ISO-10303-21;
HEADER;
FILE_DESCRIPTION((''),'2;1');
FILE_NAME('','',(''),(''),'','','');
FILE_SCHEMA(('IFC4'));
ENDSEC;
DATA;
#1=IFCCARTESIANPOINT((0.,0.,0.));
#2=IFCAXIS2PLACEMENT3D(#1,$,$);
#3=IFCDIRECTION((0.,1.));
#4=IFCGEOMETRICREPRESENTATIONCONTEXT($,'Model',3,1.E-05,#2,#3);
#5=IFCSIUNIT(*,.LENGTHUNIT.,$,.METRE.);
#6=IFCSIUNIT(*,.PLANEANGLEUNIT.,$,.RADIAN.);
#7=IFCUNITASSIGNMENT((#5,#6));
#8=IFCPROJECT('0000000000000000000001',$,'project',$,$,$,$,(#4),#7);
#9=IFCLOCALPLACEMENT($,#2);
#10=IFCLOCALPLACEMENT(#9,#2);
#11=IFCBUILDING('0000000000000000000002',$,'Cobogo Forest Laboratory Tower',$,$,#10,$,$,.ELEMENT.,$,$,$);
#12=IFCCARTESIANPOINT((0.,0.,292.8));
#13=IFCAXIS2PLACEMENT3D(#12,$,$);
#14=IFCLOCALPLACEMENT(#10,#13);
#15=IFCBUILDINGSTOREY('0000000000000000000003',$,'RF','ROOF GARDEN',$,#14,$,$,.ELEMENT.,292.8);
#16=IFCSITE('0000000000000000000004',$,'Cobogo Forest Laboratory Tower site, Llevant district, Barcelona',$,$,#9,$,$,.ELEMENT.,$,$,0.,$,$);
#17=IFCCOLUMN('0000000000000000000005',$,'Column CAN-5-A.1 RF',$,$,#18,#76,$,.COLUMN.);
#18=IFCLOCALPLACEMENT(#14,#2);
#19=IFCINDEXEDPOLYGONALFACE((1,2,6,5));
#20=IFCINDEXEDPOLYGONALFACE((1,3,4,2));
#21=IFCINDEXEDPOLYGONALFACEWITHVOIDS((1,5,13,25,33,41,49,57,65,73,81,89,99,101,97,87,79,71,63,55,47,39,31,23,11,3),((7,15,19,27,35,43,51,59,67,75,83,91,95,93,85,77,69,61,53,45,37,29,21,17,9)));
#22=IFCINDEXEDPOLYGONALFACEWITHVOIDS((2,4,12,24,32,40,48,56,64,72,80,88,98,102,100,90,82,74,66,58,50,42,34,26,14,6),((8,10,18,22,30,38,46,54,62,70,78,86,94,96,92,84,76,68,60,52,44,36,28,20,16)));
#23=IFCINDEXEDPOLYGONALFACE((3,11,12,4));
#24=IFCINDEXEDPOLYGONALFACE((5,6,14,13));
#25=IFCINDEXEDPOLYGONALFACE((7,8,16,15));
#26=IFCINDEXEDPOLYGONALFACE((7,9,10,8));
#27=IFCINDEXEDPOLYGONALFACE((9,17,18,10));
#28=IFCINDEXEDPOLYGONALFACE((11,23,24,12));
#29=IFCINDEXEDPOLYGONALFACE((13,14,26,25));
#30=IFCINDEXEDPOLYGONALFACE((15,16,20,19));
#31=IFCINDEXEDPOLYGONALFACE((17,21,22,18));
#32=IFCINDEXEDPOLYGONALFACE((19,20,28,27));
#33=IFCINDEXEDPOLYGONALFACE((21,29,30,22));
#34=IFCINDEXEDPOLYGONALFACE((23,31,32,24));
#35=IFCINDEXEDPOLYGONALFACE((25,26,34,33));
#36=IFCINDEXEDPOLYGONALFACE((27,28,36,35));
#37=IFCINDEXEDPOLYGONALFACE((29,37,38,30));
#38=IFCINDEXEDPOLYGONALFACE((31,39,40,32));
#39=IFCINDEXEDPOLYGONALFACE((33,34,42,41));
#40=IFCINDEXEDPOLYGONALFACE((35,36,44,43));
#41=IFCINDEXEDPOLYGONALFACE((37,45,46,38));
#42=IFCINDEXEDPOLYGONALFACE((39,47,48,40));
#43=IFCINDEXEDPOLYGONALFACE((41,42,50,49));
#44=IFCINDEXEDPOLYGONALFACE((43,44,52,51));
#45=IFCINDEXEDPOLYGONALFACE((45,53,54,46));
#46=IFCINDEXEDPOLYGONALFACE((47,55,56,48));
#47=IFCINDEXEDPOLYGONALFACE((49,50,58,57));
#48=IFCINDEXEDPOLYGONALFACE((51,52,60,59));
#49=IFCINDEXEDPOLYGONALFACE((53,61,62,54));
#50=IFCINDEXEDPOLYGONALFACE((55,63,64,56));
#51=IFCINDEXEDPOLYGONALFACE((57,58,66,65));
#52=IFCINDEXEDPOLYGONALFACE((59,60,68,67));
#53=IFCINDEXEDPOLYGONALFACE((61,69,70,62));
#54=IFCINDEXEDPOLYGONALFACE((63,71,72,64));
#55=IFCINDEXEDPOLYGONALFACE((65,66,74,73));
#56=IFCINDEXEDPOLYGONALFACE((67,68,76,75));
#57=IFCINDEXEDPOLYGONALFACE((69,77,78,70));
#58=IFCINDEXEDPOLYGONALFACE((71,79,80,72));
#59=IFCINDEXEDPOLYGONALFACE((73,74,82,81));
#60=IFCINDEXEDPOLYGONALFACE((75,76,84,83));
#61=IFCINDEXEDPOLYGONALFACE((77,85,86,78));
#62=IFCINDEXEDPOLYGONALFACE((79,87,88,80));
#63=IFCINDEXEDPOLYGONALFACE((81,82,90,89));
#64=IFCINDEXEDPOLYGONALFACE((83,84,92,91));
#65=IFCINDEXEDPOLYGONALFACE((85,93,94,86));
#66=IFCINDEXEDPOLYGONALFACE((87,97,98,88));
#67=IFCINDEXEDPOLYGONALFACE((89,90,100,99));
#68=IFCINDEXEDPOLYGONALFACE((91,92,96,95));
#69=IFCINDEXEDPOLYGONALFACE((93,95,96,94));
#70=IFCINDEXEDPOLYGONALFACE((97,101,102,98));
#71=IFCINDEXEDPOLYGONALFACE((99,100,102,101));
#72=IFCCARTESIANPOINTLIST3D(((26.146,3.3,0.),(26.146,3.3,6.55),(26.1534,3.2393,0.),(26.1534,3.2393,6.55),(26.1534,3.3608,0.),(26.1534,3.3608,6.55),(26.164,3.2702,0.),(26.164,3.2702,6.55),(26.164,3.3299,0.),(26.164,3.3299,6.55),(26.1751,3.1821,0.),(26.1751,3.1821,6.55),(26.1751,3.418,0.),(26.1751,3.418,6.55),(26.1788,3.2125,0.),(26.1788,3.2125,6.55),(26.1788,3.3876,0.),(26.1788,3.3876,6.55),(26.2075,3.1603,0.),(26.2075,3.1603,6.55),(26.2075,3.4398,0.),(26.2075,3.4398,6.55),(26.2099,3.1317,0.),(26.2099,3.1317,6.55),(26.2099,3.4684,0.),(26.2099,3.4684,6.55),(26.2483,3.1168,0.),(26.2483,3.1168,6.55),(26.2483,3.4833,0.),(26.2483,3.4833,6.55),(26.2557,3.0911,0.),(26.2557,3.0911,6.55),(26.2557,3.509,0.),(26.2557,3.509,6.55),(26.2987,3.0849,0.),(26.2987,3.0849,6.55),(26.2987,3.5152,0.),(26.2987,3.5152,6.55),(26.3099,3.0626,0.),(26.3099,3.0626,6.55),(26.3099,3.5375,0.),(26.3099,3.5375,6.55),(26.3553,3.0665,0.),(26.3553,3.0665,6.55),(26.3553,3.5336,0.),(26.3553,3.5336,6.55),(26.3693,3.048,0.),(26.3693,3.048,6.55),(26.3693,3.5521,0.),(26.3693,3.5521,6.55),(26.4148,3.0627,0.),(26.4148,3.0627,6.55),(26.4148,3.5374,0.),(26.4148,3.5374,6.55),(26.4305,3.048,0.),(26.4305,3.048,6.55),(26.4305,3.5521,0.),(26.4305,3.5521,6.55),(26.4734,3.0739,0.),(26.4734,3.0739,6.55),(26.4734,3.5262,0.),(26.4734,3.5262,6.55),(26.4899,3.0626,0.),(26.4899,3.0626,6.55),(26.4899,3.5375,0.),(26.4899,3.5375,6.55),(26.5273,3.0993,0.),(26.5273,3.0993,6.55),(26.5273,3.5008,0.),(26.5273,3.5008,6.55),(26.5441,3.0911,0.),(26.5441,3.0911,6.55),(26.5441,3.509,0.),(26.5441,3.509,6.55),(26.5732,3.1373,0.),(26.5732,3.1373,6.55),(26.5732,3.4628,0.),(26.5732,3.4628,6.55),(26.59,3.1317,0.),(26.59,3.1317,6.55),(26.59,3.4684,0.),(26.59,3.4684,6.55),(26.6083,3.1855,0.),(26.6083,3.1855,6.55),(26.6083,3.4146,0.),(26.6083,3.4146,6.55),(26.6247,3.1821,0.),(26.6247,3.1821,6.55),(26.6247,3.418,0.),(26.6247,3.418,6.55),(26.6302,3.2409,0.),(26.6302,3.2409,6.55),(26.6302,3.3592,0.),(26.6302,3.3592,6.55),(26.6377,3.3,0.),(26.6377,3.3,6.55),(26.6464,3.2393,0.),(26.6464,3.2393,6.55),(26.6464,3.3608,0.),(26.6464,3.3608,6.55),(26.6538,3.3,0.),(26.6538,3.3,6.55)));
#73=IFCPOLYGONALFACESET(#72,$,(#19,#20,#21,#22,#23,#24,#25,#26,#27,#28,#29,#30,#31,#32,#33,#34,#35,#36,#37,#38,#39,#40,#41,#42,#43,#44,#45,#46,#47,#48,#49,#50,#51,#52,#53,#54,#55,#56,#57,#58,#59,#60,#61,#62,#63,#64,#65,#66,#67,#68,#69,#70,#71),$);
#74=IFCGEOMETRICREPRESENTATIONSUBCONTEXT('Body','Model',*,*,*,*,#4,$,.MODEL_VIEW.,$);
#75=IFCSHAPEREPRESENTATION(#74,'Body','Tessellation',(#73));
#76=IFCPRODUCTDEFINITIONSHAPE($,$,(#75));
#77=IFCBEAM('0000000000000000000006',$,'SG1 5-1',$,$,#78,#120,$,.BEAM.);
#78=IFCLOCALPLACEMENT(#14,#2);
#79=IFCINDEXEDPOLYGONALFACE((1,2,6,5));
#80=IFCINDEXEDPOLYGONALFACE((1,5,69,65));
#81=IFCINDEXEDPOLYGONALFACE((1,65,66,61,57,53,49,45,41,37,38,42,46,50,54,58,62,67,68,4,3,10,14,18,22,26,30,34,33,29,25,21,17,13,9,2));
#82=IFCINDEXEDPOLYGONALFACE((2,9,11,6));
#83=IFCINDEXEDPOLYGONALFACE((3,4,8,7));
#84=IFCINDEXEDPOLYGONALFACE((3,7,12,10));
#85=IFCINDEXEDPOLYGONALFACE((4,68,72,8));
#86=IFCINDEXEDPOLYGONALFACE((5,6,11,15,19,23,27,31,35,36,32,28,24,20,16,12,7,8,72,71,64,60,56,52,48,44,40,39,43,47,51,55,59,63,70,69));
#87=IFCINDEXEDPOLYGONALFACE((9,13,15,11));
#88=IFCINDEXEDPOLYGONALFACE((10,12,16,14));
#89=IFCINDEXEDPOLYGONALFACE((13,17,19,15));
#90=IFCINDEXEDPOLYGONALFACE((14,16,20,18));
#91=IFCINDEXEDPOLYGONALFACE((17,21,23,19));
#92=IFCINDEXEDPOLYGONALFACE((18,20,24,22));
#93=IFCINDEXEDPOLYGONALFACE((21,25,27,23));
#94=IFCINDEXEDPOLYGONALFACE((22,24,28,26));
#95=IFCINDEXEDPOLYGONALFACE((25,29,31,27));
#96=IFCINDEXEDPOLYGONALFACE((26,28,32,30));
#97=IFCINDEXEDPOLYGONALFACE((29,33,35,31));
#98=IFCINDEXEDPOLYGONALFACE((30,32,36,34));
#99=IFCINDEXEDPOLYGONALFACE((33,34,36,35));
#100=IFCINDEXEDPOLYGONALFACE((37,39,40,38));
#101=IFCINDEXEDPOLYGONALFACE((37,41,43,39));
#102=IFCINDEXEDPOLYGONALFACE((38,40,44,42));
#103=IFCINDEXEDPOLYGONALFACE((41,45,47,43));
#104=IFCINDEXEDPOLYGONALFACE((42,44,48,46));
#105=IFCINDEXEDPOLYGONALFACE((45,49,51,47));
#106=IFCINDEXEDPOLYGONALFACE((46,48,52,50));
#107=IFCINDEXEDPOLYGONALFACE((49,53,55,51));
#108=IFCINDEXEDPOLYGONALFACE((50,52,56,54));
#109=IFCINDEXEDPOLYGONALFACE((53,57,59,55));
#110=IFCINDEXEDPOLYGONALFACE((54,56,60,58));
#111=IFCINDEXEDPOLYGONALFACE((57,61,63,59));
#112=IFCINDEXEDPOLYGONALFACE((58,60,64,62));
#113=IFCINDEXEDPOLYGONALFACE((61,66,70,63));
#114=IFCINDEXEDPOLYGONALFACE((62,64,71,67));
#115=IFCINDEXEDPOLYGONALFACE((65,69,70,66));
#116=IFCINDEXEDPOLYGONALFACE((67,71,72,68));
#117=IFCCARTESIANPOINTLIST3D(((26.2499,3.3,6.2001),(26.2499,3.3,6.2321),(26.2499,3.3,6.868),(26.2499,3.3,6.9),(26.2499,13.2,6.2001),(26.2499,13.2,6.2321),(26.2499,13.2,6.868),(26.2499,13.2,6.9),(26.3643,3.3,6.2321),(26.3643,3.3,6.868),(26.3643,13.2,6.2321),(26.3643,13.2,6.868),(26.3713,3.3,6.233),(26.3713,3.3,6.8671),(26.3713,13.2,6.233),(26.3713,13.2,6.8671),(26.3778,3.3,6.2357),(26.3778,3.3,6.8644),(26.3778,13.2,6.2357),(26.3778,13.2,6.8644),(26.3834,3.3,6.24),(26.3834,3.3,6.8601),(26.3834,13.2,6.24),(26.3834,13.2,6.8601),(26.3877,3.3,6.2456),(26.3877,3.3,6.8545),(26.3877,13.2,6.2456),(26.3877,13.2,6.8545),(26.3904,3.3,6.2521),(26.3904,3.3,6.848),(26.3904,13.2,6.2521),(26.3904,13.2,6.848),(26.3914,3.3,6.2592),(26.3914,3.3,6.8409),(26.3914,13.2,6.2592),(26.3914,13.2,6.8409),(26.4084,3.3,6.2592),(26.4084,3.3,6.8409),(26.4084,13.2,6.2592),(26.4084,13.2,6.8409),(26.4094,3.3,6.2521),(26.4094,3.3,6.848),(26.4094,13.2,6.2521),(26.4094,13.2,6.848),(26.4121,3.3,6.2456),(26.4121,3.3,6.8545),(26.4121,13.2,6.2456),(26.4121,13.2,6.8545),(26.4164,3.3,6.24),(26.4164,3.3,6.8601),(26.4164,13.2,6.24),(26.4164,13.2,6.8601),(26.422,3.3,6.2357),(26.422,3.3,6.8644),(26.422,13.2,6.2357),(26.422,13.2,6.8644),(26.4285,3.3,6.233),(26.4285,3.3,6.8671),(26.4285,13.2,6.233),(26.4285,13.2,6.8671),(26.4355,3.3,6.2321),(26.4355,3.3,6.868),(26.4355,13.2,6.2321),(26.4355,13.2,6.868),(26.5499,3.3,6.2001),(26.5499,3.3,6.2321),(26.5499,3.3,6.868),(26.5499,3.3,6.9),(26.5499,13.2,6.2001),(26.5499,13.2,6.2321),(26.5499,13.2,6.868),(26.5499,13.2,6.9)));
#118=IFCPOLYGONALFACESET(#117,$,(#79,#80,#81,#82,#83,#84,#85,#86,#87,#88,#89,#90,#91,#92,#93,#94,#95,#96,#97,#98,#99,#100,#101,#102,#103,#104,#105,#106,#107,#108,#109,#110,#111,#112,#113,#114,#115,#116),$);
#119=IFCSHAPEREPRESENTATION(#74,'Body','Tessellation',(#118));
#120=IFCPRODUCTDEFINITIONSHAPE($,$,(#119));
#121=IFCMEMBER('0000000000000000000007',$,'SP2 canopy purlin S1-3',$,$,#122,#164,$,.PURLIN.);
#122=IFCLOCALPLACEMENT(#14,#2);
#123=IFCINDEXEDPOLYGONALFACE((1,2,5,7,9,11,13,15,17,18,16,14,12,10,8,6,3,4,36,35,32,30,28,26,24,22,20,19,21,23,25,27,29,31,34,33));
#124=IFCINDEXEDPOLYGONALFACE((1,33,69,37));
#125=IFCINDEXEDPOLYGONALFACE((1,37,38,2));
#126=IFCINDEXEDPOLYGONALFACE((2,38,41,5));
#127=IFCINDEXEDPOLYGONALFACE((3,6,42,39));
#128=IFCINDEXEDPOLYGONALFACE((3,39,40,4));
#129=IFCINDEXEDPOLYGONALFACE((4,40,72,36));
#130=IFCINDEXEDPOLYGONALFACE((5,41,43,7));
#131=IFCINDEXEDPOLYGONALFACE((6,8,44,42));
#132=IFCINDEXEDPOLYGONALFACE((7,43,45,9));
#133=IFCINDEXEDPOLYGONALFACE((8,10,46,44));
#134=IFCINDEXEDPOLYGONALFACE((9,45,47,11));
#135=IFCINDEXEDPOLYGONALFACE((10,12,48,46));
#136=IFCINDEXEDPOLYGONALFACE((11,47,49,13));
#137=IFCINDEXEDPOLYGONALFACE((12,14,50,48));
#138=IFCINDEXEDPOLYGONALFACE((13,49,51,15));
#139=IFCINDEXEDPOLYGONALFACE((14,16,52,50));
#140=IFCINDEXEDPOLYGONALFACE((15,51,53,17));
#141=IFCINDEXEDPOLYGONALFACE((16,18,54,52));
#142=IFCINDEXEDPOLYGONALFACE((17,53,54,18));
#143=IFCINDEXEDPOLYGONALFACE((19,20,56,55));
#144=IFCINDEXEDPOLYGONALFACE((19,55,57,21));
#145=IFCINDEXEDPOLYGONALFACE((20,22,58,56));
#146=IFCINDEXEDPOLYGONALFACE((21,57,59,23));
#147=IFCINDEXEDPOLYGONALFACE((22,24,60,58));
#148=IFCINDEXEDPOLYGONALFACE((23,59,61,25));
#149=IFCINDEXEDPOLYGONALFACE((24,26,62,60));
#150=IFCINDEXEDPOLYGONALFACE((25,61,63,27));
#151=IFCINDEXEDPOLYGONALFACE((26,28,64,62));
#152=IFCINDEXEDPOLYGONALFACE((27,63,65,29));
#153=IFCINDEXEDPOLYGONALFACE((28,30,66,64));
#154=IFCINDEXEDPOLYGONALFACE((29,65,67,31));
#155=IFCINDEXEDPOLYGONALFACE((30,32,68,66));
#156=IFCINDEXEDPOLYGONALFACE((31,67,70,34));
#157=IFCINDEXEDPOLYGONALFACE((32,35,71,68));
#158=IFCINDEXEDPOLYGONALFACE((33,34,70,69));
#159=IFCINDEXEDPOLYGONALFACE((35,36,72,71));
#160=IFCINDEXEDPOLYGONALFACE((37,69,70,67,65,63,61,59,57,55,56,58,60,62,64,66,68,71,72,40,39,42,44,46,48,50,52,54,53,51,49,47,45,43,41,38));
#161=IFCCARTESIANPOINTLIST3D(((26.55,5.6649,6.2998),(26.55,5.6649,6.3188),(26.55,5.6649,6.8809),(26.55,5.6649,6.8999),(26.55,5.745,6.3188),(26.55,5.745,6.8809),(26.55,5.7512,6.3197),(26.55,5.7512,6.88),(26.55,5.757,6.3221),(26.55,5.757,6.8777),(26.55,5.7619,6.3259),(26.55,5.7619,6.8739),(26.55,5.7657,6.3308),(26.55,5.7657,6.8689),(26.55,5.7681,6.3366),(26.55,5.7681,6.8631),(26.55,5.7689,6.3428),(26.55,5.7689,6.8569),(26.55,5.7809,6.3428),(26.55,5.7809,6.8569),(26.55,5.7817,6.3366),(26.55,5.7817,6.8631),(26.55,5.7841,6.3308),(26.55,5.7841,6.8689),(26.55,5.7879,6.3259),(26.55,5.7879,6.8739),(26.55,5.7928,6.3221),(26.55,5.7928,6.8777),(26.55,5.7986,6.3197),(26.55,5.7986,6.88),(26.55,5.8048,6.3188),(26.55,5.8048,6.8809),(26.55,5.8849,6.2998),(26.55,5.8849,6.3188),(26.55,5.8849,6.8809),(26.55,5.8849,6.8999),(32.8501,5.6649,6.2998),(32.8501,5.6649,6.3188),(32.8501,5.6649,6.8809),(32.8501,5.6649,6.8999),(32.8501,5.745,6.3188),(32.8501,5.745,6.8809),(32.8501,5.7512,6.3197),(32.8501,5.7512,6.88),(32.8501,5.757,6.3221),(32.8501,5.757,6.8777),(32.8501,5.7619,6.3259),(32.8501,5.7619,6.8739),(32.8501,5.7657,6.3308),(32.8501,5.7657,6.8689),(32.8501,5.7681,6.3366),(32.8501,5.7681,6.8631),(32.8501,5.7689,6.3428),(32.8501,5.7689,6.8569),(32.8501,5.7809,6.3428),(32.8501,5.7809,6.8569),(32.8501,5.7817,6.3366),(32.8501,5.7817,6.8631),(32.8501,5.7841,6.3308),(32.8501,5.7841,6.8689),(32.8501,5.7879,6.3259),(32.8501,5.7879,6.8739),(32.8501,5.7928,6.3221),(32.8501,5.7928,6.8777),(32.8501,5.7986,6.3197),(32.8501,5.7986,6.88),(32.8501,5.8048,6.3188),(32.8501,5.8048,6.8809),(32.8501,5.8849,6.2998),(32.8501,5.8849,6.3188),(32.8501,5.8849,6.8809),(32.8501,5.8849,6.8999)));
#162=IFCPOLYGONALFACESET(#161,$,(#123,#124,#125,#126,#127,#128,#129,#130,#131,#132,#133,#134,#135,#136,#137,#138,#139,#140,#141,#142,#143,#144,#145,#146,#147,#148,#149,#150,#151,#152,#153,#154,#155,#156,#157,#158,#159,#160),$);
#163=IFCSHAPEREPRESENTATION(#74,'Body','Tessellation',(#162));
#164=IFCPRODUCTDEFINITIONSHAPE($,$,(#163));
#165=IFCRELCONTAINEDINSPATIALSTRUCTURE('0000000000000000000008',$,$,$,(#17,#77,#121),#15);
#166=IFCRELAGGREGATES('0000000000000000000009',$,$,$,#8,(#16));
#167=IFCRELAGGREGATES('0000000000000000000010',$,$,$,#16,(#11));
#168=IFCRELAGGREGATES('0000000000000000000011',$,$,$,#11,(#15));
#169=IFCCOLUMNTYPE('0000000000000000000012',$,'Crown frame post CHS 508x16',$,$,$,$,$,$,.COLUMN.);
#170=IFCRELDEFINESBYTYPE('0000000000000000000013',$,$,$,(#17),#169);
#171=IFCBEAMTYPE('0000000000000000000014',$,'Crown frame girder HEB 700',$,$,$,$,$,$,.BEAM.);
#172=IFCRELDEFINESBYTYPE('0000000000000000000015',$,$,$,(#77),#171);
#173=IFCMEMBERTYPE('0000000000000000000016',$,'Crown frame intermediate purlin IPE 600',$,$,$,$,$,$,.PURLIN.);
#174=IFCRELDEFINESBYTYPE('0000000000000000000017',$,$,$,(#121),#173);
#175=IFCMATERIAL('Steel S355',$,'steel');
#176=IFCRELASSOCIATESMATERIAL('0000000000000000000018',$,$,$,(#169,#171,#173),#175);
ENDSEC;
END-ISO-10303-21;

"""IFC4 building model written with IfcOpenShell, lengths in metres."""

from ifc_helpers import new_model, si_unit, direction, frame, origin, origin_2d, place, context, subcontext, project, spatial, hollow_circle, i_section, extrude, material, material_profile, profile_set, type_object, element, save


model = new_model("IFC4")

# Units and contexts
model_context = context("Model", 3, precision=1e-05, world=origin(), true_north=direction((0.0, 1.0)))
body_context = subcontext(model_context, "Body", "Model", "MODEL_VIEW")
ifc_project = project(units=[si_unit("LENGTHUNIT", "METRE"), si_unit("PLANEANGLEUNIT", "RADIAN")], contexts=[model_context])

# Site, building, storey
site_placement = place(None, origin())
site = spatial("IfcSite", under=ifc_project, at=site_placement, Name="Cobogo Forest Laboratory Tower site, Llevant district, Barcelona", CompositionType="ELEMENT", RefElevation=0.0)
building_placement = place(site_placement, origin())
building = spatial("IfcBuilding", under=site, at=building_placement, Name="Cobogo Forest Laboratory Tower", CompositionType="ELEMENT")
storey_placement = place(building_placement, frame((0.0, 0.0, 292.8)))
storey = spatial("IfcBuildingStorey", under=building, at=storey_placement, Name="RF", Description="ROOF GARDEN", CompositionType="ELEMENT", Elevation=292.8)

# Column
ifc_material_1 = material(Name="Steel S355", Category="steel")
ifc_material_profile_1 = material_profile(ifc_material_1, hollow_circle(Radius=0.2539, WallThickness=0.0161, at=origin_2d()), Name="CHS 508x16")
ifc_profile_set_1 = profile_set([ifc_material_profile_1], Name="Steel S355")
column_type = type_object("IfcColumnType", Name="Crown frame post CHS 508x16", PredefinedType="COLUMN", material=ifc_profile_set_1)
column_placement = place(storey_placement, frame((26.3999, 3.3, 0.0), z_axis=(0.0, 0.0, 1.0), x_axis=(1.0, 0.0, 0.0)))
element("IfcColumn", 1, at=column_placement, inside=storey, type_object=column_type, Name="Column CAN-5-A.1 RF", PredefinedType="COLUMN", context=body_context, shape_type="SweptSolid", body=[
    extrude(hollow_circle(Radius=0.2539, WallThickness=0.0161, at=origin_2d()), origin(), (0.0, 0.0, 1.0), 6.55),
])

# Beam
ifc_material_profile_2 = material_profile(ifc_material_1, i_section(OverallWidth=0.3, OverallDepth=0.7, WebThickness=0.0171, FlangeThickness=0.032, FilletRadius=0.0271, at=origin_2d()), Name="HEB 700")
ifc_profile_set_2 = profile_set([ifc_material_profile_2], Name="Steel S355")
beam_type_1 = type_object("IfcBeamType", Name="Crown frame girder HEB 700", PredefinedType="BEAM", material=ifc_profile_set_2)
beam_1_placement = place(storey_placement, frame((26.3999, 3.3, 6.55), z_axis=(0.0, 1.0, 0.0), x_axis=(-1.0, 0.0, 0.0)))
element("IfcBeam", 2, at=beam_1_placement, inside=storey, type_object=beam_type_1, Name="SG1 5-1", PredefinedType="BEAM", context=body_context, shape_type="SweptSolid", body=[
    extrude(i_section(OverallWidth=0.3, OverallDepth=0.7, WebThickness=0.0171, FlangeThickness=0.032, FilletRadius=0.0271, at=origin_2d()), origin(), (0.0, 0.0, 1.0), 9.8999),
])

# Member
ifc_material_profile_3 = material_profile(ifc_material_1, i_section(OverallWidth=0.22, OverallDepth=0.6001, WebThickness=0.012, FlangeThickness=0.019, FilletRadius=0.0239, at=origin_2d()), Name="IPE 600")
ifc_profile_set_3 = profile_set([ifc_material_profile_3], Name="Steel S355")
member_type_1 = type_object("IfcMemberType", Name="Crown frame intermediate purlin IPE 600", PredefinedType="PURLIN", material=ifc_profile_set_3)
for number, where, z_axis, x_axis, name in (
    (3, (26.55, 5.7749, 6.5999), (1.0, 0.0, 0.0), (0.0, 1.0, 0.0), "SP2 canopy purlin S1-3"),
):
    element("IfcMember", number, at=place(storey_placement, frame(where, z_axis=z_axis, x_axis=x_axis)), inside=storey, type_object=member_type_1, Name=name, PredefinedType="PURLIN", context=body_context, shape_type="SweptSolid", body=[
        extrude(i_section(OverallWidth=0.22, OverallDepth=0.6001, WebThickness=0.012, FlangeThickness=0.019, FilletRadius=0.0239, at=origin_2d()), origin(), (0.0, 0.0, 1.0), 6.3),
    ])

save(model, "model.ifc")
